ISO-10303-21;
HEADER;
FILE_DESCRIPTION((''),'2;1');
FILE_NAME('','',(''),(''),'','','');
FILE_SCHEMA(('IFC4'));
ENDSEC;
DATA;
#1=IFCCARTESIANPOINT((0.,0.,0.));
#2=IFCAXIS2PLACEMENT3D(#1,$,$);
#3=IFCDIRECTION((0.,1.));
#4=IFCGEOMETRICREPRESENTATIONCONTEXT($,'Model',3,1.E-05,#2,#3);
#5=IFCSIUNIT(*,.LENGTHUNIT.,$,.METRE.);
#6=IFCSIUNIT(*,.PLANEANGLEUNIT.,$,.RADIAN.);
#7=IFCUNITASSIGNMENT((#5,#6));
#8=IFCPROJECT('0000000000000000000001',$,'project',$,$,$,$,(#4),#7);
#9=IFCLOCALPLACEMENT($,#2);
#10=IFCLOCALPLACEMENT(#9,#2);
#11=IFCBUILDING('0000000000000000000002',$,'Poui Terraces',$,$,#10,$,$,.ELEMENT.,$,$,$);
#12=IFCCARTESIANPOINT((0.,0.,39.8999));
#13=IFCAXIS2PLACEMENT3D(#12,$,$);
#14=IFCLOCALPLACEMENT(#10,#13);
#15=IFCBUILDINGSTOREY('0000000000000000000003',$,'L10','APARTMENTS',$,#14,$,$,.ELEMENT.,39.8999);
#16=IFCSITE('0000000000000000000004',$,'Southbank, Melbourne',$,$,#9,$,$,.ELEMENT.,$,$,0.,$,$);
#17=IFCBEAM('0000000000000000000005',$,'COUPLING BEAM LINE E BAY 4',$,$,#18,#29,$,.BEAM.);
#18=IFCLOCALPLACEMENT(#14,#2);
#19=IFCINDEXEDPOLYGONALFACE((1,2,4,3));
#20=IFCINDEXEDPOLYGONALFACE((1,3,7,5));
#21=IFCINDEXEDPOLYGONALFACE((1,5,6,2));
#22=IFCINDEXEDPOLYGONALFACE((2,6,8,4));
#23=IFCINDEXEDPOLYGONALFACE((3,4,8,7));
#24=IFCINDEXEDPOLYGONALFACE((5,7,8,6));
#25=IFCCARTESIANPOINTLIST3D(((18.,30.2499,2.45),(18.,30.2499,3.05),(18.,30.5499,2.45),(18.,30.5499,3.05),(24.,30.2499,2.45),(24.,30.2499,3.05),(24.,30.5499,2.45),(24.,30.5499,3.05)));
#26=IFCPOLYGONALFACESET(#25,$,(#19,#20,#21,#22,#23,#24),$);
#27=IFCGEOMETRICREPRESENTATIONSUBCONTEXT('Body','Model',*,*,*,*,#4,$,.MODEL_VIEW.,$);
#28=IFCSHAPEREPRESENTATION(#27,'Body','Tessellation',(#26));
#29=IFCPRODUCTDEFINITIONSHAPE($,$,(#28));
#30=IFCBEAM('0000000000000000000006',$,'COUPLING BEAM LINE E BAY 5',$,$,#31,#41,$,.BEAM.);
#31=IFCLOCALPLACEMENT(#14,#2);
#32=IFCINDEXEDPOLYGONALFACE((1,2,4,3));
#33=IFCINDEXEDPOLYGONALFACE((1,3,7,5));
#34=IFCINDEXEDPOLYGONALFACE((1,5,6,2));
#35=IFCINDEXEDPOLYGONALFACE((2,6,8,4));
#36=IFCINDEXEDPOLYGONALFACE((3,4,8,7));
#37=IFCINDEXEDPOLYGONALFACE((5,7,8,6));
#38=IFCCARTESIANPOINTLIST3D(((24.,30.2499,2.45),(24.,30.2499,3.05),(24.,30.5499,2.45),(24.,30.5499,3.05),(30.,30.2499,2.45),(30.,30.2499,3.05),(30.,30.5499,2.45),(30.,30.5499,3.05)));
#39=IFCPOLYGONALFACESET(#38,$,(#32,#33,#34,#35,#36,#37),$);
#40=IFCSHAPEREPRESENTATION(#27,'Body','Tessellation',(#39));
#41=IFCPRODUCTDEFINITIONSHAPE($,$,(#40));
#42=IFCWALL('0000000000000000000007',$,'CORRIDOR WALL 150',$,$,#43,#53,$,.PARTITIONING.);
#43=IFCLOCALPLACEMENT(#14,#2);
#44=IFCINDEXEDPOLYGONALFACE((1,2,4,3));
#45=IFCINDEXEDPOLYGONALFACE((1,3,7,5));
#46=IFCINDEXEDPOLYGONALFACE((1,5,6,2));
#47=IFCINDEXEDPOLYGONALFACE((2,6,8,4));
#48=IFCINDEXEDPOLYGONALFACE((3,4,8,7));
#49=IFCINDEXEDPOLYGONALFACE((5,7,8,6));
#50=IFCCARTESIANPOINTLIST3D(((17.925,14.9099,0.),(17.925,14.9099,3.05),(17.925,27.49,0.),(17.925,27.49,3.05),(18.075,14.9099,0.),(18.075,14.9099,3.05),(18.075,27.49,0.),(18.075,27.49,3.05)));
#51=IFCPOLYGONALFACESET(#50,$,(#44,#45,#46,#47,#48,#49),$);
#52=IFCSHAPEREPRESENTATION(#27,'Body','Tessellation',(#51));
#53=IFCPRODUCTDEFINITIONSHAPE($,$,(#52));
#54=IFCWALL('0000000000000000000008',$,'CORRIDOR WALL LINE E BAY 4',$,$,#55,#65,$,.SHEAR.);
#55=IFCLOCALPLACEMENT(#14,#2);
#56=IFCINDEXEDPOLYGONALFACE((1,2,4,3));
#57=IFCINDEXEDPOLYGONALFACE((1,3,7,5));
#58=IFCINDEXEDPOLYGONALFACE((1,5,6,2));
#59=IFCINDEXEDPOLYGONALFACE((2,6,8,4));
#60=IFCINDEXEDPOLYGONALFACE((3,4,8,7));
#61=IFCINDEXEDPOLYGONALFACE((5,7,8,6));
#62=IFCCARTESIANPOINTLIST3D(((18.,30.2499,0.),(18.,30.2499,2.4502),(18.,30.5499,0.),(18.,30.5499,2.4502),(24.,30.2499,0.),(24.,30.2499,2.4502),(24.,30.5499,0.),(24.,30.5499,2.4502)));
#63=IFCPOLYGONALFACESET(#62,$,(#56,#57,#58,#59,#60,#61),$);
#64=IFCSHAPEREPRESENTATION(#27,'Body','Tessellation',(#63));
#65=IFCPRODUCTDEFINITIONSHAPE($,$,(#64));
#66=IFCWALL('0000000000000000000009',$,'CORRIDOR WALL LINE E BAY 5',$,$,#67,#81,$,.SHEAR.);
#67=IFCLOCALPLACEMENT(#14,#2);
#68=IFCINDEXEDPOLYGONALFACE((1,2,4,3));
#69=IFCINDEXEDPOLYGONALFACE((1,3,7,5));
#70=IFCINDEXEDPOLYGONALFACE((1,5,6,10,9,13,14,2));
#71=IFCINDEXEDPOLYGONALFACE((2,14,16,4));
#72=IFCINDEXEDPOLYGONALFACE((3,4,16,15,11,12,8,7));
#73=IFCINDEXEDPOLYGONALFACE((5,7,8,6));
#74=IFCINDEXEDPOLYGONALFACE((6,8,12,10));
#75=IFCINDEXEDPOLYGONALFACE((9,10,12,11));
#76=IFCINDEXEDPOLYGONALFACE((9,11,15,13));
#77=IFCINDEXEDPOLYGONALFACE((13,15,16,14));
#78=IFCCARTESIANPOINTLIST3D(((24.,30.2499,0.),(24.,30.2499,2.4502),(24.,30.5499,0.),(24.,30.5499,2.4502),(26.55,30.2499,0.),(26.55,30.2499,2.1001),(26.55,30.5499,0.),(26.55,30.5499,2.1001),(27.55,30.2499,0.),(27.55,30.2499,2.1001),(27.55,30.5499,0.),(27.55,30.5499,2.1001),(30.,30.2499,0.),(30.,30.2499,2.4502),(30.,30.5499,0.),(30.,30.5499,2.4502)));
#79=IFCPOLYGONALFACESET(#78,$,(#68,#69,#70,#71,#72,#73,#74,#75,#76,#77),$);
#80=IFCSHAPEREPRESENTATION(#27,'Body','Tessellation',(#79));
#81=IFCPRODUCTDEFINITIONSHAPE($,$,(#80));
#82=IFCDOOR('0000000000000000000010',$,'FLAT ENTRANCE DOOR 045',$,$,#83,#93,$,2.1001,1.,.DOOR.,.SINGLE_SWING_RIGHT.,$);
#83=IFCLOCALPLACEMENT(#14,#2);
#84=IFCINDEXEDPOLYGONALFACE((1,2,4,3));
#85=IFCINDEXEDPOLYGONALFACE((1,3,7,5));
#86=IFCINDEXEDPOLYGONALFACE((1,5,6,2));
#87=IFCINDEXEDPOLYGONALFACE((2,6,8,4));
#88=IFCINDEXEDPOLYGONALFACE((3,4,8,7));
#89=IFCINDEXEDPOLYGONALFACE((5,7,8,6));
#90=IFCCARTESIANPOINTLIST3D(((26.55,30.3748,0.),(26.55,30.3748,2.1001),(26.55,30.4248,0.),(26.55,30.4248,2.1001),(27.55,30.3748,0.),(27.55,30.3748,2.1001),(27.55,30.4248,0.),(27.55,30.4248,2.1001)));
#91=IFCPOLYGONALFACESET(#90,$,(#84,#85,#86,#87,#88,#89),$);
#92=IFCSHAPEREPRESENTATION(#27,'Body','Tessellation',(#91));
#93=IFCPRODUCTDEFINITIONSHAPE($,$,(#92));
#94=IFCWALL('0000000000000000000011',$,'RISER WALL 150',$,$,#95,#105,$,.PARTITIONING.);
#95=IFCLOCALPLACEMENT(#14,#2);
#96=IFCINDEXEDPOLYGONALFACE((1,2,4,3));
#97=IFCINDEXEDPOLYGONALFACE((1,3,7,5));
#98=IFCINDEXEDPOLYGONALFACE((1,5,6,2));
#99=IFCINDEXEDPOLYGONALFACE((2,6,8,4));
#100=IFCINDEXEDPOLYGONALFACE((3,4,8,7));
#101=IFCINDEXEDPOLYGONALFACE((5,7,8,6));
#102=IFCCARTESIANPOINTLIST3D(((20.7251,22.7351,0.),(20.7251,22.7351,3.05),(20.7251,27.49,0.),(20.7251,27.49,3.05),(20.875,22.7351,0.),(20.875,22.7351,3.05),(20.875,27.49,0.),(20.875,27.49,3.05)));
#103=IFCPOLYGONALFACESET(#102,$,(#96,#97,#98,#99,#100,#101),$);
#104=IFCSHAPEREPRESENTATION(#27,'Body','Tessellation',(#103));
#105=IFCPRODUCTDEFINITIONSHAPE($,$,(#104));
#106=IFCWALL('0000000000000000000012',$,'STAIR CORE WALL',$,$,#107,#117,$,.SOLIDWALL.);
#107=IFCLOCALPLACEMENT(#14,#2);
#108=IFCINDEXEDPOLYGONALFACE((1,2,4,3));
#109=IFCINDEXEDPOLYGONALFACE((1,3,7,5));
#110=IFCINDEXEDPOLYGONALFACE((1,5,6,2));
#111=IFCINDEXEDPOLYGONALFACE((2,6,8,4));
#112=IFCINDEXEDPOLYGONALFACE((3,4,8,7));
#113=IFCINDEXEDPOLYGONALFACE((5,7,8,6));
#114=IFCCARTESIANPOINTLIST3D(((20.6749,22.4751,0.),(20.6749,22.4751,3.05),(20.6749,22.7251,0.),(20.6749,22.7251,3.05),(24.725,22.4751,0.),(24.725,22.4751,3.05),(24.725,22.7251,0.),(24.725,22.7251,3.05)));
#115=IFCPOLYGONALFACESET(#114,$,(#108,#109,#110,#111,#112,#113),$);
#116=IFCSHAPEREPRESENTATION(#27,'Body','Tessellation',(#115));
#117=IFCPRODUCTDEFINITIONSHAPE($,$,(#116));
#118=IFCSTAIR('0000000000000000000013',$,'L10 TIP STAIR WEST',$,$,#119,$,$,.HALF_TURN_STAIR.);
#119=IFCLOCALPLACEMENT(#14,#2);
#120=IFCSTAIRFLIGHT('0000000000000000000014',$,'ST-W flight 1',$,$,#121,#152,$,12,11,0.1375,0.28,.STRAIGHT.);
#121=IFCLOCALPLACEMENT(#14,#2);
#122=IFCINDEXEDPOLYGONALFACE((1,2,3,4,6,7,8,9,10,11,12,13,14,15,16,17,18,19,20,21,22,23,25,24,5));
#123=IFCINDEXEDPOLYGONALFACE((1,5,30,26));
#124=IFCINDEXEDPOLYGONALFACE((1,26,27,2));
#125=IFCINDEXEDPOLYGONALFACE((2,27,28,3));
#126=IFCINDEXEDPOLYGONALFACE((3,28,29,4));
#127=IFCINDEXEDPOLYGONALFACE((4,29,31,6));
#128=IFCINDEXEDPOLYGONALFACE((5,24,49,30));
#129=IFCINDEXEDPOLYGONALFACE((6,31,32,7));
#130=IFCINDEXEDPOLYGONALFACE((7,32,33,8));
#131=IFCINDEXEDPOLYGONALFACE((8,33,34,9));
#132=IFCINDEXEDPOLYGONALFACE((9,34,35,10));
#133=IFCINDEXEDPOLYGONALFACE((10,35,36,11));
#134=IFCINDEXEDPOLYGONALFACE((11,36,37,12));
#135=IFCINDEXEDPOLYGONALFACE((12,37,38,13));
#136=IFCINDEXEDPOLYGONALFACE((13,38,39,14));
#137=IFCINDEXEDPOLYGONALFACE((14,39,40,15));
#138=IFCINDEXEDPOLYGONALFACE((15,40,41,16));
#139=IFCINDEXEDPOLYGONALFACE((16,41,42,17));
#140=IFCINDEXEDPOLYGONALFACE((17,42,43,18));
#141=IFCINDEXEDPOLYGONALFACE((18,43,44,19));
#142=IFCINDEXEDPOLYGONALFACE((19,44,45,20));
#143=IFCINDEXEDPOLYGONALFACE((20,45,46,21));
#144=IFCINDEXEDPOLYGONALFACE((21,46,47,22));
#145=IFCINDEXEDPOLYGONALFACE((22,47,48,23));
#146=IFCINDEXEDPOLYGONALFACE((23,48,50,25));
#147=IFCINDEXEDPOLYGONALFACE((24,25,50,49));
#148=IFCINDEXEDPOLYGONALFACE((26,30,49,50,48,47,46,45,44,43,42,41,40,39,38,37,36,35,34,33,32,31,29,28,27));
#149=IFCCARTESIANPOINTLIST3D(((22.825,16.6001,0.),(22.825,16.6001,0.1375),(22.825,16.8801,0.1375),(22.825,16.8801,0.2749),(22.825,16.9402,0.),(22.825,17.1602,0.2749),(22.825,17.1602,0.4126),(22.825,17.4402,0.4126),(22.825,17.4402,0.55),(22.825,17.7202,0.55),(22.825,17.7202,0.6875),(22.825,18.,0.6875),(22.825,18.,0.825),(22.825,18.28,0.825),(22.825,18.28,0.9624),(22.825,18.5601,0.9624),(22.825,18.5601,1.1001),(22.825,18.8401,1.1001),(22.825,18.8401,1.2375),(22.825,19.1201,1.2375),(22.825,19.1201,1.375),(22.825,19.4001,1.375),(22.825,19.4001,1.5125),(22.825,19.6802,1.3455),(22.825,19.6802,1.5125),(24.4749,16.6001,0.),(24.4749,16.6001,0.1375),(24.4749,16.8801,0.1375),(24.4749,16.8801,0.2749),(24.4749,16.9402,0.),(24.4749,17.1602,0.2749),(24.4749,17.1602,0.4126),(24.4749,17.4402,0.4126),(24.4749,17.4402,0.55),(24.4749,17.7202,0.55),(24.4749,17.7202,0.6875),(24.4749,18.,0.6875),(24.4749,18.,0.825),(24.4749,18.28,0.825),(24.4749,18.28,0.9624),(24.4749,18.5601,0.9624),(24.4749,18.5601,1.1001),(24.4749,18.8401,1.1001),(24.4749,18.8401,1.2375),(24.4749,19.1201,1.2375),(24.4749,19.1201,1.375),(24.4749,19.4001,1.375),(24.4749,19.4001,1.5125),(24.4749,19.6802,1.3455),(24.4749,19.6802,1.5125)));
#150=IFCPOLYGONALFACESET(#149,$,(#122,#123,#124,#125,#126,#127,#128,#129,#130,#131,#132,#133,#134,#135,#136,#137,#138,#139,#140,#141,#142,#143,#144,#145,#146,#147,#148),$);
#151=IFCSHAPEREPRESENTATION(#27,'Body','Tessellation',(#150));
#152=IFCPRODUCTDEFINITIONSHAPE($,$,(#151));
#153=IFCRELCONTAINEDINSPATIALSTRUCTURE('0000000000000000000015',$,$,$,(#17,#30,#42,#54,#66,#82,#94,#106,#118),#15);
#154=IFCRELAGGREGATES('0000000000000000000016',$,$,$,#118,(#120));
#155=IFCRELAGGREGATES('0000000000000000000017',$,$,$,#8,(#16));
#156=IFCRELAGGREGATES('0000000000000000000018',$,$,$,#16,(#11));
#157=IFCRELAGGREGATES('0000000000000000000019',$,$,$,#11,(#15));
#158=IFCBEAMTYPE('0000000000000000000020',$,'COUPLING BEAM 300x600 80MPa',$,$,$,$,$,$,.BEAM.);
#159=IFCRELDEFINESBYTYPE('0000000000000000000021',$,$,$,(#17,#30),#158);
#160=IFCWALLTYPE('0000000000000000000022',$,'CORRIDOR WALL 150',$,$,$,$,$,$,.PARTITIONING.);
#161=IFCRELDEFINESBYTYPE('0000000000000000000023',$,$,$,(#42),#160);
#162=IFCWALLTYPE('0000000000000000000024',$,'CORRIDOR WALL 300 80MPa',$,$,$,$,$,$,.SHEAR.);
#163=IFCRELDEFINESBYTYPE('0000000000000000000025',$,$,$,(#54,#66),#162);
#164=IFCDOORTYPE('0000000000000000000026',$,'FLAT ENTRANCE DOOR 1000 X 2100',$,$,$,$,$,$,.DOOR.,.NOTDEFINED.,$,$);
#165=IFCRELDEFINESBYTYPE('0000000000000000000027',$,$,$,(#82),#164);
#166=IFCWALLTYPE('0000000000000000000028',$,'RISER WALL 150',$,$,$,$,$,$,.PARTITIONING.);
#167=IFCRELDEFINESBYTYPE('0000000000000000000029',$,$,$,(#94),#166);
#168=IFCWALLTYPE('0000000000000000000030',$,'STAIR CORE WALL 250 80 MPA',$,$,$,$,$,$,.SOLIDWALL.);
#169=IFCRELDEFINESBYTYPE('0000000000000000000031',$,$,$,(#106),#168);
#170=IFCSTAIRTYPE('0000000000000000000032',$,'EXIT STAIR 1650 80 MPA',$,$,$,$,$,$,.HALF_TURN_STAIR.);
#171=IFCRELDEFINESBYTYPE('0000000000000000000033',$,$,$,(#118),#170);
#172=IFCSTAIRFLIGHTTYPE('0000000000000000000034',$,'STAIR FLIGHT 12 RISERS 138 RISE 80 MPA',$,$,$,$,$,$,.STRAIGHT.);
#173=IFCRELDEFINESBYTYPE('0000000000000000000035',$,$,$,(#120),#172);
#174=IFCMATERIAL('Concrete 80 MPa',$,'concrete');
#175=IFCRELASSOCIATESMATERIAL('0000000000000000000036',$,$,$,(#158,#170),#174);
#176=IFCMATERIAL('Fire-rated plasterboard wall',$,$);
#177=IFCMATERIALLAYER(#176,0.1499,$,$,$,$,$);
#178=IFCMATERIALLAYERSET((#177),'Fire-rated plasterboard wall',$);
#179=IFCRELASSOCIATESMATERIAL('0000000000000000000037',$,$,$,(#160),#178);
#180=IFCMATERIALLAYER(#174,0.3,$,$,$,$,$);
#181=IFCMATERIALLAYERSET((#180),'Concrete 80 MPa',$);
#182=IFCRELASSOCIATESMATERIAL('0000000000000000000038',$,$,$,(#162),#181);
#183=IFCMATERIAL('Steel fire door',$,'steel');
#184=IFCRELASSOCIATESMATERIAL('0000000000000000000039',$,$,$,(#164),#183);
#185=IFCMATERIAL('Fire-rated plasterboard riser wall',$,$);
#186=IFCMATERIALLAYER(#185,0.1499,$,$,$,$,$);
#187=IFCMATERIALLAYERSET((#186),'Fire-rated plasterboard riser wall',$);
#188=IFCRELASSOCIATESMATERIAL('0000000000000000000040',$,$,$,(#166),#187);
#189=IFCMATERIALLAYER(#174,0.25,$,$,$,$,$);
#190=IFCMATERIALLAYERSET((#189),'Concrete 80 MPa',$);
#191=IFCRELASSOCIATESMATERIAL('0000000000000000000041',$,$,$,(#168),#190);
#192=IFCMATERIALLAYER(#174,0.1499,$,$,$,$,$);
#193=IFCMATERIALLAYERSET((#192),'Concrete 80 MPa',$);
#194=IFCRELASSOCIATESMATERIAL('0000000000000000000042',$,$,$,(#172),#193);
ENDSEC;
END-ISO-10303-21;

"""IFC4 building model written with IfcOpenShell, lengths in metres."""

from ifc_helpers import new_model, si_unit, direction, frame, frame_2d, origin, origin_2d, place, context, subcontext, project, spatial, polyline, rectangle, outline, extrude, source, transform, mapped, material, layer, layer_set, material_profile, profile_set, type_object, element, fill, aggregate, save


model = new_model("IFC4")

# Units and contexts
model_context = context("Model", 3, precision=1e-05, world=origin(), true_north=direction((0.0, 1.0)))
body_context = subcontext(model_context, "Body", "Model", "MODEL_VIEW")
ifc_project = project(units=[si_unit("LENGTHUNIT", "METRE"), si_unit("PLANEANGLEUNIT", "RADIAN")], contexts=[model_context])

# Site, building, storey
site_placement = place(None, origin())
site = spatial("IfcSite", under=ifc_project, at=site_placement, Name="Southbank, Melbourne", CompositionType="ELEMENT", RefElevation=0.0)
building_placement = place(site_placement, origin())
building = spatial("IfcBuilding", under=site, at=building_placement, Name="Poui Terraces", CompositionType="ELEMENT")
storey_placement = place(building_placement, frame((0.0, 0.0, 39.8999)))
storey = spatial("IfcBuildingStorey", under=building, at=storey_placement, Name="L10", Description="APARTMENTS", CompositionType="ELEMENT", Elevation=39.8999)

# Beams
ifc_material_1 = material(Name="Concrete 80 MPa", Category="concrete")
ifc_material_profile = material_profile(ifc_material_1, rectangle(XDim=0.3, YDim=0.6001, at=origin_2d()), Name="RC 300x600")
ifc_profile_set = profile_set([ifc_material_profile], Name="Concrete 80 MPa")
beam_type = type_object("IfcBeamType", Name="COUPLING BEAM 300x600 80MPa", PredefinedType="BEAM", material=ifc_profile_set)
shared_shape = source(origin(), body_context, "Body", "SweptSolid", [
    extrude(rectangle(XDim=0.3, YDim=0.6001, at=origin_2d()), origin(), (0.0, 0.0, 1.0), 6.0),
])
for number, where, z_axis, x_axis, name in (
    (1, (18.0, 30.3999, 2.75), (1.0, 0.0, 0.0), (0.0, 1.0, 0.0), "COUPLING BEAM LINE E BAY 4"),
    (2, (24.0, 30.3999, 2.75), (1.0, 0.0, 0.0), (0.0, 1.0, 0.0), "COUPLING BEAM LINE E BAY 5"),
):
    element("IfcBeam", number, at=place(storey_placement, frame(where, z_axis=z_axis, x_axis=x_axis)), inside=storey, type_object=beam_type, Name=name, PredefinedType="BEAM", context=body_context, shape_type="MappedRepresentation", body=[
        mapped(shared_shape, transform((0.0, 0.0, 0.0))),
    ])

# Walls
ifc_material_2 = material(Name="Fire-rated plasterboard wall")
ifc_layer_1 = layer(ifc_material_2, 0.1499)
ifc_layer_set_1 = layer_set([ifc_layer_1], Name="Fire-rated plasterboard wall")
wall_type_1 = type_object("IfcWallType", Name="CORRIDOR WALL 150", PredefinedType="PARTITIONING", material=ifc_layer_set_1)
wall_1_placement = place(storey_placement, frame((18.0, 14.9099, 0.0), z_axis=(0.0, 0.0, 1.0), x_axis=(0.0, 1.0, 0.0)))
element("IfcWall", 3, at=wall_1_placement, inside=storey, type_object=wall_type_1, Name="CORRIDOR WALL 150", PredefinedType="PARTITIONING", context=body_context, shape_type="SweptSolid", body=[
    extrude(rectangle(XDim=12.5801, YDim=0.1499, at=frame_2d((6.29, 0.0))), origin(), (0.0, 0.0, 1.0), 3.05),
])
ifc_layer_2 = layer(ifc_material_1, 0.3)
ifc_layer_set_2 = layer_set([ifc_layer_2], Name="Concrete 80 MPa")
wall_type_2 = type_object("IfcWallType", Name="CORRIDOR WALL 300 80MPa", PredefinedType="SHEAR", material=ifc_layer_set_2)
wall_2_placement = place(storey_placement, frame((18.0, 30.3999, 0.0), z_axis=(0.0, 0.0, 1.0), x_axis=(1.0, 0.0, 0.0)))
element("IfcWall", 4, at=wall_2_placement, inside=storey, type_object=wall_type_2, Name="CORRIDOR WALL LINE E BAY 4", PredefinedType="SHEAR", context=body_context, shape_type="SweptSolid", body=[
    extrude(rectangle(XDim=6.0, YDim=0.3, at=frame_2d((3.0, 0.0))), origin(), (0.0, 0.0, 1.0), 2.4502),
])

# Wall, opening, door
wall_3_placement = place(storey_placement, frame((24.0, 30.3999, 0.0), z_axis=(0.0, 0.0, 1.0), x_axis=(1.0, 0.0, 0.0)))
wall_3 = element("IfcWall", 5, at=wall_3_placement, inside=storey, type_object=wall_type_2, Name="CORRIDOR WALL LINE E BAY 5", PredefinedType="SHEAR", context=body_context, shape_type="SweptSolid", body=[
    extrude(rectangle(XDim=6.0, YDim=0.3, at=frame_2d((3.0, 0.0))), origin(), (0.0, 0.0, 1.0), 2.4502),
])
opening_placement = place(wall_3_placement, frame((2.55, 0.0, 0.0)))
opening = element("IfcOpeningElement", 6, at=opening_placement, cuts=wall_3, PredefinedType="OPENING", context=body_context, shape_type="SweptSolid", body=[
    extrude(rectangle(XDim=1.0, YDim=2.1001, at=frame_2d((0.5, 1.05))), frame((0.0, 0.1602, 0.0), z_axis=(0.0, -1.0, 0.0), x_axis=(1.0, 0.0, 0.0)), (0.0, 0.0, 1.0), 0.3201),
])
ifc_material_3 = material(Name="Steel fire door", Category="steel")
door_type = type_object("IfcDoorType", Name="FLAT ENTRANCE DOOR 1000 X 2100", OperationType="NOTDEFINED", PredefinedType="DOOR", material=ifc_material_3)
door_placement = place(opening_placement, origin())
door = element("IfcDoor", 7, at=door_placement, inside=storey, type_object=door_type, Name="FLAT ENTRANCE DOOR 045", OperationType="SINGLE_SWING_RIGHT", OverallHeight=2.1001, OverallWidth=1.0, PredefinedType="DOOR", context=body_context, shape_type="SweptSolid", body=[
    extrude(rectangle(XDim=1.0, YDim=2.1001, at=frame_2d((0.5, 1.05))), frame((0.0, 0.0249, 0.0), z_axis=(0.0, -1.0, 0.0), x_axis=(1.0, 0.0, 0.0)), (0.0, 0.0, 1.0), 0.05),
])
fill(opening, door)

# Walls
ifc_material_4 = material(Name="Fire-rated plasterboard riser wall")
ifc_layer_3 = layer(ifc_material_4, 0.1499)
ifc_layer_set_3 = layer_set([ifc_layer_3], Name="Fire-rated plasterboard riser wall")
wall_type_3 = type_object("IfcWallType", Name="RISER WALL 150", PredefinedType="PARTITIONING", material=ifc_layer_set_3)
wall_4_placement = place(storey_placement, frame((20.8, 22.7351, 0.0), z_axis=(0.0, 0.0, 1.0), x_axis=(0.0, 1.0, 0.0)))
element("IfcWall", 8, at=wall_4_placement, inside=storey, type_object=wall_type_3, Name="RISER WALL 150", PredefinedType="PARTITIONING", context=body_context, shape_type="SweptSolid", body=[
    extrude(rectangle(XDim=4.7549, YDim=0.1499, at=frame_2d((2.3774, 0.0))), origin(), (0.0, 0.0, 1.0), 3.05),
])
ifc_layer_4 = layer(ifc_material_1, 0.25)
ifc_layer_set_4 = layer_set([ifc_layer_4], Name="Concrete 80 MPa")
wall_type_4 = type_object("IfcWallType", Name="STAIR CORE WALL 250 80 MPA", PredefinedType="SOLIDWALL", material=ifc_layer_set_4)
wall_5_placement = place(storey_placement, frame((20.675, 22.6001, 0.0), z_axis=(0.0, 0.0, 1.0), x_axis=(1.0, 0.0, 0.0)))
element("IfcWall", 9, at=wall_5_placement, inside=storey, type_object=wall_type_4, Name="STAIR CORE WALL", PredefinedType="SOLIDWALL", context=body_context, shape_type="SweptSolid", body=[
    extrude(rectangle(XDim=4.05, YDim=0.25, at=frame_2d((2.0249, 0.0))), origin(), (0.0, 0.0, 1.0), 3.05),
])

# Stair, stair flight
stair_type = type_object("IfcStairType", Name="EXIT STAIR 1650 80 MPA", PredefinedType="HALF_TURN_STAIR", material=ifc_material_1)
stair_placement = place(storey_placement, origin())
stair = element("IfcStair", 10, at=stair_placement, inside=storey, type_object=stair_type, Name="L10 TIP STAIR WEST", PredefinedType="HALF_TURN_STAIR")
ifc_layer_5 = layer(ifc_material_1, 0.1499)
ifc_layer_set_5 = layer_set([ifc_layer_5], Name="Concrete 80 MPa")
stair_flight_type = type_object("IfcStairFlightType", Name="STAIR FLIGHT 12 RISERS 138 RISE 80 MPA", PredefinedType="STRAIGHT", material=ifc_layer_set_5)
stair_flight_1_placement = place(storey_placement, frame((23.6499, 16.6001, 0.0), z_axis=(0.0, 0.0, 1.0), x_axis=(0.0, 1.0, 0.0)))
stair_flight_1 = element("IfcStairFlight", 11, at=stair_flight_1_placement, type_object=stair_flight_type, Name="ST-W flight 1", NumberOfRisers=12, NumberOfTreads=11, PredefinedType="STRAIGHT", RiserHeight=0.1375, TreadLength=0.28, context=body_context, shape_type="SweptSolid", body=[
    extrude(outline(polyline([(0.0, 0.0), (0.0, 0.1375), (0.28, 0.1375), (0.28, 0.2749), (0.5601, 0.2749), (0.5601, 0.4126), (0.8401, 0.4126), (0.8401, 0.55), (1.1201, 0.55), (1.1201, 0.6875), (1.3999, 0.6875), (1.3999, 0.825), (1.6799, 0.825), (1.6799, 0.9624), (1.96, 0.9624), (1.96, 1.1001), (2.24, 1.1001), (2.24, 1.2375), (2.52, 1.2375), (2.52, 1.375), (2.8, 1.375), (2.8, 1.5125), (3.0801, 1.5125), (3.0801, 1.6499), (3.0801, 1.3455), (0.3401, 0.0), (0.0, 0.0)])), frame((0.0, 0.825, 0.0), z_axis=(0.0, -1.0, 0.0), x_axis=(1.0, 0.0, 0.0)), (0.0, 0.0, 1.0), 1.6499),
])
aggregate(stair, [stair_flight_1])

save(model, "model.ifc")
